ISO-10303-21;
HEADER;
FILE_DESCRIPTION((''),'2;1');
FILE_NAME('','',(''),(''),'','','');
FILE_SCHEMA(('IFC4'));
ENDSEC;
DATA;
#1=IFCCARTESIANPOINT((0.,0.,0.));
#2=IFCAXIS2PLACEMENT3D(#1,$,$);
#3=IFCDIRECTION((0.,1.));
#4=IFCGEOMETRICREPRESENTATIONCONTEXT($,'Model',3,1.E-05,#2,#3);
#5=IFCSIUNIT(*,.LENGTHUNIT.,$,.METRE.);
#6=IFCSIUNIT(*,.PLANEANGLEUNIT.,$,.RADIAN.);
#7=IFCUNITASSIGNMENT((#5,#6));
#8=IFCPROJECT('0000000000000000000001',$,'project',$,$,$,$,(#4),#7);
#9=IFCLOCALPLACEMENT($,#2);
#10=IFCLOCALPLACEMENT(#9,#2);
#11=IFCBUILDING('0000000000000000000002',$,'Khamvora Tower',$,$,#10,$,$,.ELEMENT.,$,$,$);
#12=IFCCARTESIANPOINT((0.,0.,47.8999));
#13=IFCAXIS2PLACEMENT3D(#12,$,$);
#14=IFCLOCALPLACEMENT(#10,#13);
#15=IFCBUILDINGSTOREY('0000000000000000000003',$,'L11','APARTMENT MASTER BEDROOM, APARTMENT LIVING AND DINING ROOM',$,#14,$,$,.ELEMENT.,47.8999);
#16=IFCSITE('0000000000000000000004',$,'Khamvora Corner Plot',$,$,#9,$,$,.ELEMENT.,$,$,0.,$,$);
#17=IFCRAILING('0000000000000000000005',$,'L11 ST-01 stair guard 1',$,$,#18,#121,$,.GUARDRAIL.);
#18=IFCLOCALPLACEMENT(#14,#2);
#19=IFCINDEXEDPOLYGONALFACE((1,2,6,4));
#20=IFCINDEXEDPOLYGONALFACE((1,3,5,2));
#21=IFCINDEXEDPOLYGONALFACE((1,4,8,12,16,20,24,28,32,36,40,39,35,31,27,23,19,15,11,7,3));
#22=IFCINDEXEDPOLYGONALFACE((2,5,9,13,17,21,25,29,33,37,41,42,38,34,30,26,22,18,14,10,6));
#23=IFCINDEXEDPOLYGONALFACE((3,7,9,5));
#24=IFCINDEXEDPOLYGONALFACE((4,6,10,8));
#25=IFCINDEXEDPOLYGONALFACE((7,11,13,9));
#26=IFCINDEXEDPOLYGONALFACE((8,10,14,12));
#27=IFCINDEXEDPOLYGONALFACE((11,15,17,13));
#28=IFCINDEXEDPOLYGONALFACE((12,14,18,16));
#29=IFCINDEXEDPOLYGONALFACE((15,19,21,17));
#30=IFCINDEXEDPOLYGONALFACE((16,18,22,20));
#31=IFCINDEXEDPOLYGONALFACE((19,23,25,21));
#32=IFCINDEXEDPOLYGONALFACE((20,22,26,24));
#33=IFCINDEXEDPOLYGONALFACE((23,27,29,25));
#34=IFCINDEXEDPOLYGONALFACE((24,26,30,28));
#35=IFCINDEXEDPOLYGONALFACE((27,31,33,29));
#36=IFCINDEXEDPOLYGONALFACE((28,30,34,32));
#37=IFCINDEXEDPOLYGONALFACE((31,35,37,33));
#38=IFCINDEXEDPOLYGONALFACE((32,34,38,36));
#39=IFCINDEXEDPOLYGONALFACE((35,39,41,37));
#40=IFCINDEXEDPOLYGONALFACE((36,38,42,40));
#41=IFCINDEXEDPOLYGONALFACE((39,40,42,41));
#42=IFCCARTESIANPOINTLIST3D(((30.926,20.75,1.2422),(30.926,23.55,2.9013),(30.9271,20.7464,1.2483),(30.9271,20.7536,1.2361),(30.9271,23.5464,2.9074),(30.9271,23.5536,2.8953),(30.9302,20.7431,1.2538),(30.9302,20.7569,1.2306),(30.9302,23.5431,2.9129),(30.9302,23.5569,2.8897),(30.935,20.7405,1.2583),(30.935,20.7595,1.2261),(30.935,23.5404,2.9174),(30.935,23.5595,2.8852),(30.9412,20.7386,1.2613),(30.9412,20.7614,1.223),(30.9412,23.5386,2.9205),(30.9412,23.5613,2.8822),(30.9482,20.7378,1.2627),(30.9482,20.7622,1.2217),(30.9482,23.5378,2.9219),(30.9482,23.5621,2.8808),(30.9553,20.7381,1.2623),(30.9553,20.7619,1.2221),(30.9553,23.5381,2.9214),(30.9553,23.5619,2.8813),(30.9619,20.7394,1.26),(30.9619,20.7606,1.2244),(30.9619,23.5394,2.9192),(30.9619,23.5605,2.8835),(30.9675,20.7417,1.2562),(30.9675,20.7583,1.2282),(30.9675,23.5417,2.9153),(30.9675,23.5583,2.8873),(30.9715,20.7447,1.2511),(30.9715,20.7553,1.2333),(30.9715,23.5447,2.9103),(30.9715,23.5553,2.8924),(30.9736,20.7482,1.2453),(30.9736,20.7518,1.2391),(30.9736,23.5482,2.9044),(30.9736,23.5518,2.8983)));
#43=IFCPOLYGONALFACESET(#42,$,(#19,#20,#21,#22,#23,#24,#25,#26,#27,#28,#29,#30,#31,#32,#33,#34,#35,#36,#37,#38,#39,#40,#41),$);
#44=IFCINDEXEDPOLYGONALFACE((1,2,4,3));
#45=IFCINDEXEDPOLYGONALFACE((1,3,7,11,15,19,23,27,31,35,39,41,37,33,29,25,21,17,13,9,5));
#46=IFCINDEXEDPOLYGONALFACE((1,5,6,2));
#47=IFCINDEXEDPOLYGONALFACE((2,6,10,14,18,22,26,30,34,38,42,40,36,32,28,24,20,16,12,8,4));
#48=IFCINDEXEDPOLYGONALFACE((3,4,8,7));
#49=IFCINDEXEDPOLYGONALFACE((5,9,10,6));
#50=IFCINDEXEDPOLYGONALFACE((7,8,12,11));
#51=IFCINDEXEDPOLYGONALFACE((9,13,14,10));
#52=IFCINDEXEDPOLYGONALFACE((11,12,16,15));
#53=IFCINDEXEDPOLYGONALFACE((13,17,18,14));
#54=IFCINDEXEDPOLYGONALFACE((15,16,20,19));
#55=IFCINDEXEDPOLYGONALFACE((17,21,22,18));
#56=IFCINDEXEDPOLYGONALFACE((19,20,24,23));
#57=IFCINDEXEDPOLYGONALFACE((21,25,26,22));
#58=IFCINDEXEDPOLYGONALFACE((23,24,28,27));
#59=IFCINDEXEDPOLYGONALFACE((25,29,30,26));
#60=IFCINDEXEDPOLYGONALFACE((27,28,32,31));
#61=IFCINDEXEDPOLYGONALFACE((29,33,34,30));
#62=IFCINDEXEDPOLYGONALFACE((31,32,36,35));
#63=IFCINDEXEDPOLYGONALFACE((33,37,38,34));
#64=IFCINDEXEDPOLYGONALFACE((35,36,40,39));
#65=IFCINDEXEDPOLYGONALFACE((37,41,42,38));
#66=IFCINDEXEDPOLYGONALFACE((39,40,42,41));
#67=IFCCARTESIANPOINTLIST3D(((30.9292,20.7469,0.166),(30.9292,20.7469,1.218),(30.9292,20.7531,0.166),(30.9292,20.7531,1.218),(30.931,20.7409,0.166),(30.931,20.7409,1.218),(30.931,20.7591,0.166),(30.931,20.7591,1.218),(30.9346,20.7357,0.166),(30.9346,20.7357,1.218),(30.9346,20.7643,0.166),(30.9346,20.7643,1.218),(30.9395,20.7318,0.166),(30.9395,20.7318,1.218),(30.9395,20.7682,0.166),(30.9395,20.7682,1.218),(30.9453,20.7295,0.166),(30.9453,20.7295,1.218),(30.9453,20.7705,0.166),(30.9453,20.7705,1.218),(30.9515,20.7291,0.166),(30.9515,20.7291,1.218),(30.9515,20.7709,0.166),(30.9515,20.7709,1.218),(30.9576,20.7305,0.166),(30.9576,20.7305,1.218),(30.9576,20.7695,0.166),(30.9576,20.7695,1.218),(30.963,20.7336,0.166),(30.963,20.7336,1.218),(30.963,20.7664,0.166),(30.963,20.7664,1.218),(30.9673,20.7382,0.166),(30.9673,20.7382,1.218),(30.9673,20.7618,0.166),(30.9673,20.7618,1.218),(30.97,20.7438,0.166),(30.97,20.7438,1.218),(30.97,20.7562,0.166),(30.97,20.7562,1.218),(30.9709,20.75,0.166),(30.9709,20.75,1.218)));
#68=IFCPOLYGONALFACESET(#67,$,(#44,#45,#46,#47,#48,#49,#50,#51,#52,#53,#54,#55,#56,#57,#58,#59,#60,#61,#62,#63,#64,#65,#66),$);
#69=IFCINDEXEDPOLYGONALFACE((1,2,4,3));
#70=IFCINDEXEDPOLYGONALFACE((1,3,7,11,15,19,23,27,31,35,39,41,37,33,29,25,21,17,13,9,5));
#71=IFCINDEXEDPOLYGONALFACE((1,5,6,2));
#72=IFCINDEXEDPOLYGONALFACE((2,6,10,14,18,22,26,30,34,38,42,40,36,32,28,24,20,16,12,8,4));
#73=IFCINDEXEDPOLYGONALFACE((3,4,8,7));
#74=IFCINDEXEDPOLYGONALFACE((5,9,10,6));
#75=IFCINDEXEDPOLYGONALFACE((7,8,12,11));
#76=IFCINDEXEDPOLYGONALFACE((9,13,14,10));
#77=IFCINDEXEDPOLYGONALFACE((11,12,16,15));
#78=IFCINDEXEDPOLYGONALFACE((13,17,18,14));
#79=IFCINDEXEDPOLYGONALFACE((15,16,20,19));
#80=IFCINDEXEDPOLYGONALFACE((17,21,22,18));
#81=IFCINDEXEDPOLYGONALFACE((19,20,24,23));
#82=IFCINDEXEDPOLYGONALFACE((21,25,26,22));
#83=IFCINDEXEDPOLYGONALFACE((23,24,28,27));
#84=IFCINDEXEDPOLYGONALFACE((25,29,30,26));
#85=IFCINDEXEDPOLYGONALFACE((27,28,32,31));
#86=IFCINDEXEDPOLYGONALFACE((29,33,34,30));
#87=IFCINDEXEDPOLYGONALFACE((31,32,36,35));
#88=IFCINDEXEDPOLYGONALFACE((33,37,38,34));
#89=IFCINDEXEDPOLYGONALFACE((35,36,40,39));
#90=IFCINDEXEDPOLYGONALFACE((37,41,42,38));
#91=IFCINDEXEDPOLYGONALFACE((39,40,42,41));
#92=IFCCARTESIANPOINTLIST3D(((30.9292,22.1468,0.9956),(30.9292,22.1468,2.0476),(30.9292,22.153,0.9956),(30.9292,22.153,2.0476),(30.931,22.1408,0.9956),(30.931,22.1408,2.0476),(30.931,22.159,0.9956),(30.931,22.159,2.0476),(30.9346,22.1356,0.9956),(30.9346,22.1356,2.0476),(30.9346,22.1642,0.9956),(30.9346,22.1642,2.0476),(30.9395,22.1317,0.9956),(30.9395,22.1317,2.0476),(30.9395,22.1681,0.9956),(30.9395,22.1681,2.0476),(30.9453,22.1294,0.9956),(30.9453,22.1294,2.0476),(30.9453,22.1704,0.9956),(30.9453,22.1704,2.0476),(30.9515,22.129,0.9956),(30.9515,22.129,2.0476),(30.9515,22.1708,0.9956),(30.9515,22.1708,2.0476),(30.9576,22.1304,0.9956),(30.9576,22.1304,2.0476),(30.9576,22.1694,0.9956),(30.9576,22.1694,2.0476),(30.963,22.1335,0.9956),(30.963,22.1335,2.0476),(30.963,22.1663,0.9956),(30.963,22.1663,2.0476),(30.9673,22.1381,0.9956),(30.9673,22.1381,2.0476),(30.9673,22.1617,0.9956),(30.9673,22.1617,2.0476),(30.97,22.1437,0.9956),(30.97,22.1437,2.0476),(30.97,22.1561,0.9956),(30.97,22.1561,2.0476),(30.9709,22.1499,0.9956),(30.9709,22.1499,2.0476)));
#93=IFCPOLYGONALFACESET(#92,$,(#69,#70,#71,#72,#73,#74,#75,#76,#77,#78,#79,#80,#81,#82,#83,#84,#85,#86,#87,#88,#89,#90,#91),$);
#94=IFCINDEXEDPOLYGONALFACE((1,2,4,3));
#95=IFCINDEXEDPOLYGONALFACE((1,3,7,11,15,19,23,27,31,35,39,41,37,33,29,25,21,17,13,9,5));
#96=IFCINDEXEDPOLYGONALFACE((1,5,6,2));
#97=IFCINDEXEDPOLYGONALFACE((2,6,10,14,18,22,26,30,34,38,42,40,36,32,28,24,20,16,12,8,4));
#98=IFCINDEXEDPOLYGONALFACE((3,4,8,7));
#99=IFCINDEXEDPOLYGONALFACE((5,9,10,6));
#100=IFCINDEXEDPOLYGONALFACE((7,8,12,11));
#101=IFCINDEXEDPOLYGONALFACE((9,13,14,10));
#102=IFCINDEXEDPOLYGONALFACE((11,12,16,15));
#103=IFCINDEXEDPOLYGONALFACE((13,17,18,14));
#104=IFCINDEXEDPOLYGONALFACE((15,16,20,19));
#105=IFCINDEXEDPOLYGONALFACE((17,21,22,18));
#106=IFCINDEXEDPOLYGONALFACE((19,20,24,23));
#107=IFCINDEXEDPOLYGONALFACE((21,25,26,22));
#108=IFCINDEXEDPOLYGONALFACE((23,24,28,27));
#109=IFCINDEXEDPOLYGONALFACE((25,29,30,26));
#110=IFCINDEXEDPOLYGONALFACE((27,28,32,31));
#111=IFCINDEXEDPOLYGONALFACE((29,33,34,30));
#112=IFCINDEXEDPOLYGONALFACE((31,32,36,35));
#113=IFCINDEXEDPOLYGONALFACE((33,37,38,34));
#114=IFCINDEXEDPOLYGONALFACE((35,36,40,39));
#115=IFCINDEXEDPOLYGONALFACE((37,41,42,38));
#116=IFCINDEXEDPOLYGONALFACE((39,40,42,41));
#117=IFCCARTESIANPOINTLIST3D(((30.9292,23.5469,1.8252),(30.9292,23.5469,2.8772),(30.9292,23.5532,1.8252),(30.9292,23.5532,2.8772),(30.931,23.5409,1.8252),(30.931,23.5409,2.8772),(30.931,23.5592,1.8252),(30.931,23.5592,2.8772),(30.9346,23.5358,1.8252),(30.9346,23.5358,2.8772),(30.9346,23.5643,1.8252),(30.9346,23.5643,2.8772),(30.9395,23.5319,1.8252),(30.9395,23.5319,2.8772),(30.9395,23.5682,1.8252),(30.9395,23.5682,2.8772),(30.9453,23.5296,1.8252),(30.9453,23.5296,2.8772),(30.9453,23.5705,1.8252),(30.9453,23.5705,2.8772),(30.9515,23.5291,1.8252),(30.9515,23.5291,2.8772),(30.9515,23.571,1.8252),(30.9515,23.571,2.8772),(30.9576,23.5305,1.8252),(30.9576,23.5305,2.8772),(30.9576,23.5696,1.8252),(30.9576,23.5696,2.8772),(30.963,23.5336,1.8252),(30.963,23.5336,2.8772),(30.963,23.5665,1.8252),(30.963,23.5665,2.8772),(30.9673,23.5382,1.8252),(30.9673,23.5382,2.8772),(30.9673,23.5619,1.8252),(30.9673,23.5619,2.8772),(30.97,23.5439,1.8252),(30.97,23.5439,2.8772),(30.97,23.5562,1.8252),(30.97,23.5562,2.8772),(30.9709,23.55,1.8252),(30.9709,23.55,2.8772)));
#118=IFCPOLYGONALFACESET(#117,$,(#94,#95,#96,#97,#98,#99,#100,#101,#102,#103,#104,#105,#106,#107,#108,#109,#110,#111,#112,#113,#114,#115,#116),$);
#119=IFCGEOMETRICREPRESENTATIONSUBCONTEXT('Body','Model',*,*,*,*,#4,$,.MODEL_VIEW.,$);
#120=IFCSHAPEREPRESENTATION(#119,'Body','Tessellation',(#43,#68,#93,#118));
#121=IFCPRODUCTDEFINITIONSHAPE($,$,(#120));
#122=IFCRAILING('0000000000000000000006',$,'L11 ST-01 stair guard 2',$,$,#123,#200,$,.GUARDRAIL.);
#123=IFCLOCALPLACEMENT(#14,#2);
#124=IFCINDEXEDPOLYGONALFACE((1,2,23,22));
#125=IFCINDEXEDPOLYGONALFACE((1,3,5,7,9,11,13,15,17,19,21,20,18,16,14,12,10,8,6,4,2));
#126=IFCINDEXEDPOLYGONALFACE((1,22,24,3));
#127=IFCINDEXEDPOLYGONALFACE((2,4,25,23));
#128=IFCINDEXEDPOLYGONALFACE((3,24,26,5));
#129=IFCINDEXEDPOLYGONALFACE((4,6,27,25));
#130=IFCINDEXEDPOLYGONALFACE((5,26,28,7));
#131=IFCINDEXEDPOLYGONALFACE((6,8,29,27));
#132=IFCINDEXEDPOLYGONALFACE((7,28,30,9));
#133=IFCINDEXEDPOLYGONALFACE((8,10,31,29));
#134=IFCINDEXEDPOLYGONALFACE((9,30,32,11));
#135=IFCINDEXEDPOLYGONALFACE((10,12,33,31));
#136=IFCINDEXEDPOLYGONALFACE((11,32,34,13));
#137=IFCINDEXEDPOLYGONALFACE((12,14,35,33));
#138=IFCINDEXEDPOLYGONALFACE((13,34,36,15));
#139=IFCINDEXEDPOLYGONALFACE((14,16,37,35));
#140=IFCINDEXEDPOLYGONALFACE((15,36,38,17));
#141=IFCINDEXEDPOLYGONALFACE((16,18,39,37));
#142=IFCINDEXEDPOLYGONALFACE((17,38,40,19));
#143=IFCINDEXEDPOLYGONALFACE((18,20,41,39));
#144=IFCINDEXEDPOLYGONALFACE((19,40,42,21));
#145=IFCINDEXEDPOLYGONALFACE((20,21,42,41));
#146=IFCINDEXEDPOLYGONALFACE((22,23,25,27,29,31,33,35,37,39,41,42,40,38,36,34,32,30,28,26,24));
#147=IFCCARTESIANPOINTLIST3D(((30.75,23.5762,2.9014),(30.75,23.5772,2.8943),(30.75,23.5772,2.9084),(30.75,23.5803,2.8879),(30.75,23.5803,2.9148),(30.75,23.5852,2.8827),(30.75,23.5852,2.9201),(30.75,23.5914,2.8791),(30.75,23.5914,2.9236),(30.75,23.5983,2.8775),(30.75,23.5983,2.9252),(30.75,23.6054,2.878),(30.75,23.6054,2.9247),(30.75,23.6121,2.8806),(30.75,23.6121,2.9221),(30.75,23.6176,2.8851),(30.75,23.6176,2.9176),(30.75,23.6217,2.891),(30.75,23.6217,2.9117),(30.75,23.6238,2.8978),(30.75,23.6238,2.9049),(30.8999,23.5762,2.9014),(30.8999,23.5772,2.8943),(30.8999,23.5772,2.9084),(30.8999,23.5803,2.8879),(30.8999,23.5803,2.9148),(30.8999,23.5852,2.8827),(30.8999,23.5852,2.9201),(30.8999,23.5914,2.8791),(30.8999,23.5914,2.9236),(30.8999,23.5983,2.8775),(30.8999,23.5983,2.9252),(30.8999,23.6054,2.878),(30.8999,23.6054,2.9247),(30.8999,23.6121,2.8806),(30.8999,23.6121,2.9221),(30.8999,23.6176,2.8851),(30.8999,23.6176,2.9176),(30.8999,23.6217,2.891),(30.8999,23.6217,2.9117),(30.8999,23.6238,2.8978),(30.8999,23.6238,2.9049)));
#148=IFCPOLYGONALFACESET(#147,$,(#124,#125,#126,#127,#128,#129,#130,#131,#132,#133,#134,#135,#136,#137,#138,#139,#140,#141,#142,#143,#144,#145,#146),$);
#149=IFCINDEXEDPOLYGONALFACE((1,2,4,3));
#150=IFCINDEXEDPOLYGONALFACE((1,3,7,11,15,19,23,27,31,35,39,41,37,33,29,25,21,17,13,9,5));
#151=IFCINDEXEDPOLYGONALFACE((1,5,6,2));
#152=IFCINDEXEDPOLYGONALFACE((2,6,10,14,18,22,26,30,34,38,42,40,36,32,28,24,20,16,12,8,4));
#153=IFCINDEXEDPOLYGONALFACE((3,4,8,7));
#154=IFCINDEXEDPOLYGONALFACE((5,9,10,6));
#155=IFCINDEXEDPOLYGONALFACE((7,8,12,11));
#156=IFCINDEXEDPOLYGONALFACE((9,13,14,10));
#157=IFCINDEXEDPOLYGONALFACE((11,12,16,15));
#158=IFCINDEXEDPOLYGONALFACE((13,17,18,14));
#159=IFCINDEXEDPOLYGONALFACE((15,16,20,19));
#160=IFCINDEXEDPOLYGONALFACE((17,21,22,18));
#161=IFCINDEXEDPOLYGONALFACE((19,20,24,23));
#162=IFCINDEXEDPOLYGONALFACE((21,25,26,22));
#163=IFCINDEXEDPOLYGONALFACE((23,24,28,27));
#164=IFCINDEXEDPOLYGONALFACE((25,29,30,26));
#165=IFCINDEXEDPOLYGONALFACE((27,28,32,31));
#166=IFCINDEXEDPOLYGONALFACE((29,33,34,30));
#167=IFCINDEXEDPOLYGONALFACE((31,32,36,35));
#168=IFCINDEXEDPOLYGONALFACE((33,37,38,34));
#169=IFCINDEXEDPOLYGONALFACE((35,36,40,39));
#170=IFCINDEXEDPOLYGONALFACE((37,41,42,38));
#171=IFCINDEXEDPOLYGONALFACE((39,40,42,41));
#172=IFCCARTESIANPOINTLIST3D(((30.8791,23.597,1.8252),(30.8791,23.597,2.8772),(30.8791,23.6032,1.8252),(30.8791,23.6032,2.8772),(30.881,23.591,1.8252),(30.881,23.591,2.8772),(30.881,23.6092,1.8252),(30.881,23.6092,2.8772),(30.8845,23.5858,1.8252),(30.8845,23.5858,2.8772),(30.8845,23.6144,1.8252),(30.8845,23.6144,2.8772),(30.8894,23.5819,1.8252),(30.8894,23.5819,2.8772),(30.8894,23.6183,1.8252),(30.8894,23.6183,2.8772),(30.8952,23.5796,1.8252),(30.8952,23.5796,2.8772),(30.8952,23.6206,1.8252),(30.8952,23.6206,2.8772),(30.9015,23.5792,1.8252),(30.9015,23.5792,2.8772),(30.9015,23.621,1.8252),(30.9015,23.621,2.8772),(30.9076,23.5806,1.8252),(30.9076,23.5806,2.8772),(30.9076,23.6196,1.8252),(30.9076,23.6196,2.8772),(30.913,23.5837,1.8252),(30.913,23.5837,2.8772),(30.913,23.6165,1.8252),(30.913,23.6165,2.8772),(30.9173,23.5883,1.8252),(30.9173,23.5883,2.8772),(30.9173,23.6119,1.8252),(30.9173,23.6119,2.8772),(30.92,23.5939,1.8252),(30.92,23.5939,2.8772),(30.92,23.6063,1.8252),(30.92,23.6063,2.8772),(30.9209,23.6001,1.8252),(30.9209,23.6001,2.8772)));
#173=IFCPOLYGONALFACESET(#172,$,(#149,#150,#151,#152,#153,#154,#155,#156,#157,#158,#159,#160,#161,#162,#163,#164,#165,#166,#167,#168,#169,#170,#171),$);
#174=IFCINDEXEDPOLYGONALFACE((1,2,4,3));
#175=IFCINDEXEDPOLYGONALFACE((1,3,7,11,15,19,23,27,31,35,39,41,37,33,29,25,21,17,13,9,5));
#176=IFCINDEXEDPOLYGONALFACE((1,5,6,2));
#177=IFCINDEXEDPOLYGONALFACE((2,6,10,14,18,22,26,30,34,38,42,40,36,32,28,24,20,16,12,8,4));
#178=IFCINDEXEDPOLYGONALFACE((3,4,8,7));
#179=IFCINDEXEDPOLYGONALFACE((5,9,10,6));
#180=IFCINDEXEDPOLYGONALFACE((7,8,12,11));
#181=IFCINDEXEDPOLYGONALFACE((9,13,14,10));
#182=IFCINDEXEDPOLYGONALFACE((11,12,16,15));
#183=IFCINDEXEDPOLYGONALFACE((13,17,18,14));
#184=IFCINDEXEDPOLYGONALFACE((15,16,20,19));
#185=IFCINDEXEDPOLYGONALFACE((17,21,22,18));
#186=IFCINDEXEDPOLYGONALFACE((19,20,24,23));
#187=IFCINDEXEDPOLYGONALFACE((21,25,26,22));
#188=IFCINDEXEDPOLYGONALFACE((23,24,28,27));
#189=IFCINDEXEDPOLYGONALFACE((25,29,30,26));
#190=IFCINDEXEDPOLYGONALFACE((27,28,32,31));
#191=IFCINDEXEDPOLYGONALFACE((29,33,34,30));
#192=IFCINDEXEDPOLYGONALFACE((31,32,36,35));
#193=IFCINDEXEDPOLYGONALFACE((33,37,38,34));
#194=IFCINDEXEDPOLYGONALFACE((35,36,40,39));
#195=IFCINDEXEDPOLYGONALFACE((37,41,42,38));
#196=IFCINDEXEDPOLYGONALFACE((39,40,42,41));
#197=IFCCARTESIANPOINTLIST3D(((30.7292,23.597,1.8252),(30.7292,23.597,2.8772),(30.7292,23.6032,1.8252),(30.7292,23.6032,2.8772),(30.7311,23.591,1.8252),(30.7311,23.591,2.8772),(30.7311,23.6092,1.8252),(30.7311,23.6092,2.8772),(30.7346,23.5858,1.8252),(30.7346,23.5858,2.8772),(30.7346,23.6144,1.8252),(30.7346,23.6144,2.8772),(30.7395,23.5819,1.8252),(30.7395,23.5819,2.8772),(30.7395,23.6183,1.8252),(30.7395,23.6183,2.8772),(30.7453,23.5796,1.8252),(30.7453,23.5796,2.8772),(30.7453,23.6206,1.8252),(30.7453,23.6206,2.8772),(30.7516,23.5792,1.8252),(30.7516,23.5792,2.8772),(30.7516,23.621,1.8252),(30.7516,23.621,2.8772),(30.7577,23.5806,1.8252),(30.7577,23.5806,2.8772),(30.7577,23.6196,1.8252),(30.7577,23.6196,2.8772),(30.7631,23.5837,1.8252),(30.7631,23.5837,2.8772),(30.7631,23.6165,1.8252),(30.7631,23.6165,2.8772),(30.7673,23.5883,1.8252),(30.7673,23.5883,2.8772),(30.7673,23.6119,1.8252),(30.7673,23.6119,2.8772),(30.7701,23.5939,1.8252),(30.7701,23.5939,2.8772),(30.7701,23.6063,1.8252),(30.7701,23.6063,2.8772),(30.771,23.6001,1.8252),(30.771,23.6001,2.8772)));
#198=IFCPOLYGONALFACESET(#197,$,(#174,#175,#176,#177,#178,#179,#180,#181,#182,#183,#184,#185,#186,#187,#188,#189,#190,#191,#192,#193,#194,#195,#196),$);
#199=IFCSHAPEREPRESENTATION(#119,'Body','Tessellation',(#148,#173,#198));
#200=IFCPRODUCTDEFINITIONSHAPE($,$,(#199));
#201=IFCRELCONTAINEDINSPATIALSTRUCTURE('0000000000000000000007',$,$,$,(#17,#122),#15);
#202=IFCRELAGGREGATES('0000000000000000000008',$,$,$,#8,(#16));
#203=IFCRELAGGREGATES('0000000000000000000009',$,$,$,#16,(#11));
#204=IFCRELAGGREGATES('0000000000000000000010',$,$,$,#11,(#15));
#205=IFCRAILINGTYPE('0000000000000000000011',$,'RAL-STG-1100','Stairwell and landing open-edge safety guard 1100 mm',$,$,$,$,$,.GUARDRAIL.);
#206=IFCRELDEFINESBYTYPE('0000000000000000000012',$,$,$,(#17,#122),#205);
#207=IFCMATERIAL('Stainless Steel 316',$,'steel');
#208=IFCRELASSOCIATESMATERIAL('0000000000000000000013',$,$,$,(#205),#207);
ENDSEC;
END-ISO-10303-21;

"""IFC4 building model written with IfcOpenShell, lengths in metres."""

from ifc_helpers import new_model, si_unit, direction, frame, origin, origin_2d, place, context, subcontext, project, spatial, circle, extrude, material, type_object, element, save


model = new_model("IFC4")

# Units and contexts
model_context = context("Model", 3, precision=1e-05, world=origin(), true_north=direction((0.0, 1.0)))
body_context = subcontext(model_context, "Body", "Model", "MODEL_VIEW")
ifc_project = project(units=[si_unit("LENGTHUNIT", "METRE"), si_unit("PLANEANGLEUNIT", "RADIAN")], contexts=[model_context])

# Site, building, storey
site_placement = place(None, origin())
site = spatial("IfcSite", under=ifc_project, at=site_placement, Name="Khamvora Corner Plot", CompositionType="ELEMENT", RefElevation=0.0)
building_placement = place(site_placement, origin())
building = spatial("IfcBuilding", under=site, at=building_placement, Name="Khamvora Tower", CompositionType="ELEMENT")
storey_placement = place(building_placement, frame((0.0, 0.0, 47.8999)))
storey = spatial("IfcBuildingStorey", under=building, at=storey_placement, Name="L11", Description="APARTMENT MASTER BEDROOM, APARTMENT LIVING AND DINING ROOM", CompositionType="ELEMENT", Elevation=47.8999)

# Railings
ifc_material_1 = material(Name="Stainless Steel 316", Category="steel")
railing_type_1 = type_object("IfcRailingType", Name="RAL-STG-1100", Description="Stairwell and landing open-edge safety guard 1100 mm", PredefinedType="GUARDRAIL", material=ifc_material_1)
railing_1_placement = place(storey_placement, frame((30.95, 20.75, 0.166)))
element("IfcRailing", 1, at=railing_1_placement, inside=storey, type_object=railing_type_1, Name="L11 ST-01 stair guard 1", PredefinedType="GUARDRAIL", context=body_context, shape_type="SweptSolid", body=[
    extrude(circle(Radius=0.0239, at=origin_2d()), frame((0.0, 0.0, 1.0762), z_axis=(0.0, 0.860306, 0.509778), x_axis=(-1.0, 0.0, 0.0)), (0.0, 0.0, 1.0), 3.2546),
    extrude(circle(Radius=0.021, at=origin_2d()), origin(), (0.0, 0.0, 1.0), 1.052),
    extrude(circle(Radius=0.021, at=origin_2d()), frame((0.0, 1.3999, 0.8296)), (0.0, 0.0, 1.0), 1.052),
    extrude(circle(Radius=0.021, at=origin_2d()), frame((0.0, 2.8, 1.6592)), (0.0, 0.0, 1.0), 1.052),
])
railing_2_placement = place(storey_placement, frame((30.8999, 23.6001, 1.8252)))
element("IfcRailing", 2, at=railing_2_placement, inside=storey, type_object=railing_type_1, Name="L11 ST-01 stair guard 2", PredefinedType="GUARDRAIL", context=body_context, shape_type="SweptSolid", body=[
    extrude(circle(Radius=0.0239, at=origin_2d()), frame((0.0, 0.0, 1.0762), z_axis=(-1.0, 0.0, 0.0), x_axis=(0.0, -1.0, 0.0)), (0.0, 0.0, 1.0), 0.1499),
    extrude(circle(Radius=0.021, at=origin_2d()), origin(), (0.0, 0.0, 1.0), 1.052),
    extrude(circle(Radius=0.021, at=origin_2d()), frame((-0.1499, 0.0, 0.0)), (0.0, 0.0, 1.0), 1.052),
])

save(model, "model.ifc")
